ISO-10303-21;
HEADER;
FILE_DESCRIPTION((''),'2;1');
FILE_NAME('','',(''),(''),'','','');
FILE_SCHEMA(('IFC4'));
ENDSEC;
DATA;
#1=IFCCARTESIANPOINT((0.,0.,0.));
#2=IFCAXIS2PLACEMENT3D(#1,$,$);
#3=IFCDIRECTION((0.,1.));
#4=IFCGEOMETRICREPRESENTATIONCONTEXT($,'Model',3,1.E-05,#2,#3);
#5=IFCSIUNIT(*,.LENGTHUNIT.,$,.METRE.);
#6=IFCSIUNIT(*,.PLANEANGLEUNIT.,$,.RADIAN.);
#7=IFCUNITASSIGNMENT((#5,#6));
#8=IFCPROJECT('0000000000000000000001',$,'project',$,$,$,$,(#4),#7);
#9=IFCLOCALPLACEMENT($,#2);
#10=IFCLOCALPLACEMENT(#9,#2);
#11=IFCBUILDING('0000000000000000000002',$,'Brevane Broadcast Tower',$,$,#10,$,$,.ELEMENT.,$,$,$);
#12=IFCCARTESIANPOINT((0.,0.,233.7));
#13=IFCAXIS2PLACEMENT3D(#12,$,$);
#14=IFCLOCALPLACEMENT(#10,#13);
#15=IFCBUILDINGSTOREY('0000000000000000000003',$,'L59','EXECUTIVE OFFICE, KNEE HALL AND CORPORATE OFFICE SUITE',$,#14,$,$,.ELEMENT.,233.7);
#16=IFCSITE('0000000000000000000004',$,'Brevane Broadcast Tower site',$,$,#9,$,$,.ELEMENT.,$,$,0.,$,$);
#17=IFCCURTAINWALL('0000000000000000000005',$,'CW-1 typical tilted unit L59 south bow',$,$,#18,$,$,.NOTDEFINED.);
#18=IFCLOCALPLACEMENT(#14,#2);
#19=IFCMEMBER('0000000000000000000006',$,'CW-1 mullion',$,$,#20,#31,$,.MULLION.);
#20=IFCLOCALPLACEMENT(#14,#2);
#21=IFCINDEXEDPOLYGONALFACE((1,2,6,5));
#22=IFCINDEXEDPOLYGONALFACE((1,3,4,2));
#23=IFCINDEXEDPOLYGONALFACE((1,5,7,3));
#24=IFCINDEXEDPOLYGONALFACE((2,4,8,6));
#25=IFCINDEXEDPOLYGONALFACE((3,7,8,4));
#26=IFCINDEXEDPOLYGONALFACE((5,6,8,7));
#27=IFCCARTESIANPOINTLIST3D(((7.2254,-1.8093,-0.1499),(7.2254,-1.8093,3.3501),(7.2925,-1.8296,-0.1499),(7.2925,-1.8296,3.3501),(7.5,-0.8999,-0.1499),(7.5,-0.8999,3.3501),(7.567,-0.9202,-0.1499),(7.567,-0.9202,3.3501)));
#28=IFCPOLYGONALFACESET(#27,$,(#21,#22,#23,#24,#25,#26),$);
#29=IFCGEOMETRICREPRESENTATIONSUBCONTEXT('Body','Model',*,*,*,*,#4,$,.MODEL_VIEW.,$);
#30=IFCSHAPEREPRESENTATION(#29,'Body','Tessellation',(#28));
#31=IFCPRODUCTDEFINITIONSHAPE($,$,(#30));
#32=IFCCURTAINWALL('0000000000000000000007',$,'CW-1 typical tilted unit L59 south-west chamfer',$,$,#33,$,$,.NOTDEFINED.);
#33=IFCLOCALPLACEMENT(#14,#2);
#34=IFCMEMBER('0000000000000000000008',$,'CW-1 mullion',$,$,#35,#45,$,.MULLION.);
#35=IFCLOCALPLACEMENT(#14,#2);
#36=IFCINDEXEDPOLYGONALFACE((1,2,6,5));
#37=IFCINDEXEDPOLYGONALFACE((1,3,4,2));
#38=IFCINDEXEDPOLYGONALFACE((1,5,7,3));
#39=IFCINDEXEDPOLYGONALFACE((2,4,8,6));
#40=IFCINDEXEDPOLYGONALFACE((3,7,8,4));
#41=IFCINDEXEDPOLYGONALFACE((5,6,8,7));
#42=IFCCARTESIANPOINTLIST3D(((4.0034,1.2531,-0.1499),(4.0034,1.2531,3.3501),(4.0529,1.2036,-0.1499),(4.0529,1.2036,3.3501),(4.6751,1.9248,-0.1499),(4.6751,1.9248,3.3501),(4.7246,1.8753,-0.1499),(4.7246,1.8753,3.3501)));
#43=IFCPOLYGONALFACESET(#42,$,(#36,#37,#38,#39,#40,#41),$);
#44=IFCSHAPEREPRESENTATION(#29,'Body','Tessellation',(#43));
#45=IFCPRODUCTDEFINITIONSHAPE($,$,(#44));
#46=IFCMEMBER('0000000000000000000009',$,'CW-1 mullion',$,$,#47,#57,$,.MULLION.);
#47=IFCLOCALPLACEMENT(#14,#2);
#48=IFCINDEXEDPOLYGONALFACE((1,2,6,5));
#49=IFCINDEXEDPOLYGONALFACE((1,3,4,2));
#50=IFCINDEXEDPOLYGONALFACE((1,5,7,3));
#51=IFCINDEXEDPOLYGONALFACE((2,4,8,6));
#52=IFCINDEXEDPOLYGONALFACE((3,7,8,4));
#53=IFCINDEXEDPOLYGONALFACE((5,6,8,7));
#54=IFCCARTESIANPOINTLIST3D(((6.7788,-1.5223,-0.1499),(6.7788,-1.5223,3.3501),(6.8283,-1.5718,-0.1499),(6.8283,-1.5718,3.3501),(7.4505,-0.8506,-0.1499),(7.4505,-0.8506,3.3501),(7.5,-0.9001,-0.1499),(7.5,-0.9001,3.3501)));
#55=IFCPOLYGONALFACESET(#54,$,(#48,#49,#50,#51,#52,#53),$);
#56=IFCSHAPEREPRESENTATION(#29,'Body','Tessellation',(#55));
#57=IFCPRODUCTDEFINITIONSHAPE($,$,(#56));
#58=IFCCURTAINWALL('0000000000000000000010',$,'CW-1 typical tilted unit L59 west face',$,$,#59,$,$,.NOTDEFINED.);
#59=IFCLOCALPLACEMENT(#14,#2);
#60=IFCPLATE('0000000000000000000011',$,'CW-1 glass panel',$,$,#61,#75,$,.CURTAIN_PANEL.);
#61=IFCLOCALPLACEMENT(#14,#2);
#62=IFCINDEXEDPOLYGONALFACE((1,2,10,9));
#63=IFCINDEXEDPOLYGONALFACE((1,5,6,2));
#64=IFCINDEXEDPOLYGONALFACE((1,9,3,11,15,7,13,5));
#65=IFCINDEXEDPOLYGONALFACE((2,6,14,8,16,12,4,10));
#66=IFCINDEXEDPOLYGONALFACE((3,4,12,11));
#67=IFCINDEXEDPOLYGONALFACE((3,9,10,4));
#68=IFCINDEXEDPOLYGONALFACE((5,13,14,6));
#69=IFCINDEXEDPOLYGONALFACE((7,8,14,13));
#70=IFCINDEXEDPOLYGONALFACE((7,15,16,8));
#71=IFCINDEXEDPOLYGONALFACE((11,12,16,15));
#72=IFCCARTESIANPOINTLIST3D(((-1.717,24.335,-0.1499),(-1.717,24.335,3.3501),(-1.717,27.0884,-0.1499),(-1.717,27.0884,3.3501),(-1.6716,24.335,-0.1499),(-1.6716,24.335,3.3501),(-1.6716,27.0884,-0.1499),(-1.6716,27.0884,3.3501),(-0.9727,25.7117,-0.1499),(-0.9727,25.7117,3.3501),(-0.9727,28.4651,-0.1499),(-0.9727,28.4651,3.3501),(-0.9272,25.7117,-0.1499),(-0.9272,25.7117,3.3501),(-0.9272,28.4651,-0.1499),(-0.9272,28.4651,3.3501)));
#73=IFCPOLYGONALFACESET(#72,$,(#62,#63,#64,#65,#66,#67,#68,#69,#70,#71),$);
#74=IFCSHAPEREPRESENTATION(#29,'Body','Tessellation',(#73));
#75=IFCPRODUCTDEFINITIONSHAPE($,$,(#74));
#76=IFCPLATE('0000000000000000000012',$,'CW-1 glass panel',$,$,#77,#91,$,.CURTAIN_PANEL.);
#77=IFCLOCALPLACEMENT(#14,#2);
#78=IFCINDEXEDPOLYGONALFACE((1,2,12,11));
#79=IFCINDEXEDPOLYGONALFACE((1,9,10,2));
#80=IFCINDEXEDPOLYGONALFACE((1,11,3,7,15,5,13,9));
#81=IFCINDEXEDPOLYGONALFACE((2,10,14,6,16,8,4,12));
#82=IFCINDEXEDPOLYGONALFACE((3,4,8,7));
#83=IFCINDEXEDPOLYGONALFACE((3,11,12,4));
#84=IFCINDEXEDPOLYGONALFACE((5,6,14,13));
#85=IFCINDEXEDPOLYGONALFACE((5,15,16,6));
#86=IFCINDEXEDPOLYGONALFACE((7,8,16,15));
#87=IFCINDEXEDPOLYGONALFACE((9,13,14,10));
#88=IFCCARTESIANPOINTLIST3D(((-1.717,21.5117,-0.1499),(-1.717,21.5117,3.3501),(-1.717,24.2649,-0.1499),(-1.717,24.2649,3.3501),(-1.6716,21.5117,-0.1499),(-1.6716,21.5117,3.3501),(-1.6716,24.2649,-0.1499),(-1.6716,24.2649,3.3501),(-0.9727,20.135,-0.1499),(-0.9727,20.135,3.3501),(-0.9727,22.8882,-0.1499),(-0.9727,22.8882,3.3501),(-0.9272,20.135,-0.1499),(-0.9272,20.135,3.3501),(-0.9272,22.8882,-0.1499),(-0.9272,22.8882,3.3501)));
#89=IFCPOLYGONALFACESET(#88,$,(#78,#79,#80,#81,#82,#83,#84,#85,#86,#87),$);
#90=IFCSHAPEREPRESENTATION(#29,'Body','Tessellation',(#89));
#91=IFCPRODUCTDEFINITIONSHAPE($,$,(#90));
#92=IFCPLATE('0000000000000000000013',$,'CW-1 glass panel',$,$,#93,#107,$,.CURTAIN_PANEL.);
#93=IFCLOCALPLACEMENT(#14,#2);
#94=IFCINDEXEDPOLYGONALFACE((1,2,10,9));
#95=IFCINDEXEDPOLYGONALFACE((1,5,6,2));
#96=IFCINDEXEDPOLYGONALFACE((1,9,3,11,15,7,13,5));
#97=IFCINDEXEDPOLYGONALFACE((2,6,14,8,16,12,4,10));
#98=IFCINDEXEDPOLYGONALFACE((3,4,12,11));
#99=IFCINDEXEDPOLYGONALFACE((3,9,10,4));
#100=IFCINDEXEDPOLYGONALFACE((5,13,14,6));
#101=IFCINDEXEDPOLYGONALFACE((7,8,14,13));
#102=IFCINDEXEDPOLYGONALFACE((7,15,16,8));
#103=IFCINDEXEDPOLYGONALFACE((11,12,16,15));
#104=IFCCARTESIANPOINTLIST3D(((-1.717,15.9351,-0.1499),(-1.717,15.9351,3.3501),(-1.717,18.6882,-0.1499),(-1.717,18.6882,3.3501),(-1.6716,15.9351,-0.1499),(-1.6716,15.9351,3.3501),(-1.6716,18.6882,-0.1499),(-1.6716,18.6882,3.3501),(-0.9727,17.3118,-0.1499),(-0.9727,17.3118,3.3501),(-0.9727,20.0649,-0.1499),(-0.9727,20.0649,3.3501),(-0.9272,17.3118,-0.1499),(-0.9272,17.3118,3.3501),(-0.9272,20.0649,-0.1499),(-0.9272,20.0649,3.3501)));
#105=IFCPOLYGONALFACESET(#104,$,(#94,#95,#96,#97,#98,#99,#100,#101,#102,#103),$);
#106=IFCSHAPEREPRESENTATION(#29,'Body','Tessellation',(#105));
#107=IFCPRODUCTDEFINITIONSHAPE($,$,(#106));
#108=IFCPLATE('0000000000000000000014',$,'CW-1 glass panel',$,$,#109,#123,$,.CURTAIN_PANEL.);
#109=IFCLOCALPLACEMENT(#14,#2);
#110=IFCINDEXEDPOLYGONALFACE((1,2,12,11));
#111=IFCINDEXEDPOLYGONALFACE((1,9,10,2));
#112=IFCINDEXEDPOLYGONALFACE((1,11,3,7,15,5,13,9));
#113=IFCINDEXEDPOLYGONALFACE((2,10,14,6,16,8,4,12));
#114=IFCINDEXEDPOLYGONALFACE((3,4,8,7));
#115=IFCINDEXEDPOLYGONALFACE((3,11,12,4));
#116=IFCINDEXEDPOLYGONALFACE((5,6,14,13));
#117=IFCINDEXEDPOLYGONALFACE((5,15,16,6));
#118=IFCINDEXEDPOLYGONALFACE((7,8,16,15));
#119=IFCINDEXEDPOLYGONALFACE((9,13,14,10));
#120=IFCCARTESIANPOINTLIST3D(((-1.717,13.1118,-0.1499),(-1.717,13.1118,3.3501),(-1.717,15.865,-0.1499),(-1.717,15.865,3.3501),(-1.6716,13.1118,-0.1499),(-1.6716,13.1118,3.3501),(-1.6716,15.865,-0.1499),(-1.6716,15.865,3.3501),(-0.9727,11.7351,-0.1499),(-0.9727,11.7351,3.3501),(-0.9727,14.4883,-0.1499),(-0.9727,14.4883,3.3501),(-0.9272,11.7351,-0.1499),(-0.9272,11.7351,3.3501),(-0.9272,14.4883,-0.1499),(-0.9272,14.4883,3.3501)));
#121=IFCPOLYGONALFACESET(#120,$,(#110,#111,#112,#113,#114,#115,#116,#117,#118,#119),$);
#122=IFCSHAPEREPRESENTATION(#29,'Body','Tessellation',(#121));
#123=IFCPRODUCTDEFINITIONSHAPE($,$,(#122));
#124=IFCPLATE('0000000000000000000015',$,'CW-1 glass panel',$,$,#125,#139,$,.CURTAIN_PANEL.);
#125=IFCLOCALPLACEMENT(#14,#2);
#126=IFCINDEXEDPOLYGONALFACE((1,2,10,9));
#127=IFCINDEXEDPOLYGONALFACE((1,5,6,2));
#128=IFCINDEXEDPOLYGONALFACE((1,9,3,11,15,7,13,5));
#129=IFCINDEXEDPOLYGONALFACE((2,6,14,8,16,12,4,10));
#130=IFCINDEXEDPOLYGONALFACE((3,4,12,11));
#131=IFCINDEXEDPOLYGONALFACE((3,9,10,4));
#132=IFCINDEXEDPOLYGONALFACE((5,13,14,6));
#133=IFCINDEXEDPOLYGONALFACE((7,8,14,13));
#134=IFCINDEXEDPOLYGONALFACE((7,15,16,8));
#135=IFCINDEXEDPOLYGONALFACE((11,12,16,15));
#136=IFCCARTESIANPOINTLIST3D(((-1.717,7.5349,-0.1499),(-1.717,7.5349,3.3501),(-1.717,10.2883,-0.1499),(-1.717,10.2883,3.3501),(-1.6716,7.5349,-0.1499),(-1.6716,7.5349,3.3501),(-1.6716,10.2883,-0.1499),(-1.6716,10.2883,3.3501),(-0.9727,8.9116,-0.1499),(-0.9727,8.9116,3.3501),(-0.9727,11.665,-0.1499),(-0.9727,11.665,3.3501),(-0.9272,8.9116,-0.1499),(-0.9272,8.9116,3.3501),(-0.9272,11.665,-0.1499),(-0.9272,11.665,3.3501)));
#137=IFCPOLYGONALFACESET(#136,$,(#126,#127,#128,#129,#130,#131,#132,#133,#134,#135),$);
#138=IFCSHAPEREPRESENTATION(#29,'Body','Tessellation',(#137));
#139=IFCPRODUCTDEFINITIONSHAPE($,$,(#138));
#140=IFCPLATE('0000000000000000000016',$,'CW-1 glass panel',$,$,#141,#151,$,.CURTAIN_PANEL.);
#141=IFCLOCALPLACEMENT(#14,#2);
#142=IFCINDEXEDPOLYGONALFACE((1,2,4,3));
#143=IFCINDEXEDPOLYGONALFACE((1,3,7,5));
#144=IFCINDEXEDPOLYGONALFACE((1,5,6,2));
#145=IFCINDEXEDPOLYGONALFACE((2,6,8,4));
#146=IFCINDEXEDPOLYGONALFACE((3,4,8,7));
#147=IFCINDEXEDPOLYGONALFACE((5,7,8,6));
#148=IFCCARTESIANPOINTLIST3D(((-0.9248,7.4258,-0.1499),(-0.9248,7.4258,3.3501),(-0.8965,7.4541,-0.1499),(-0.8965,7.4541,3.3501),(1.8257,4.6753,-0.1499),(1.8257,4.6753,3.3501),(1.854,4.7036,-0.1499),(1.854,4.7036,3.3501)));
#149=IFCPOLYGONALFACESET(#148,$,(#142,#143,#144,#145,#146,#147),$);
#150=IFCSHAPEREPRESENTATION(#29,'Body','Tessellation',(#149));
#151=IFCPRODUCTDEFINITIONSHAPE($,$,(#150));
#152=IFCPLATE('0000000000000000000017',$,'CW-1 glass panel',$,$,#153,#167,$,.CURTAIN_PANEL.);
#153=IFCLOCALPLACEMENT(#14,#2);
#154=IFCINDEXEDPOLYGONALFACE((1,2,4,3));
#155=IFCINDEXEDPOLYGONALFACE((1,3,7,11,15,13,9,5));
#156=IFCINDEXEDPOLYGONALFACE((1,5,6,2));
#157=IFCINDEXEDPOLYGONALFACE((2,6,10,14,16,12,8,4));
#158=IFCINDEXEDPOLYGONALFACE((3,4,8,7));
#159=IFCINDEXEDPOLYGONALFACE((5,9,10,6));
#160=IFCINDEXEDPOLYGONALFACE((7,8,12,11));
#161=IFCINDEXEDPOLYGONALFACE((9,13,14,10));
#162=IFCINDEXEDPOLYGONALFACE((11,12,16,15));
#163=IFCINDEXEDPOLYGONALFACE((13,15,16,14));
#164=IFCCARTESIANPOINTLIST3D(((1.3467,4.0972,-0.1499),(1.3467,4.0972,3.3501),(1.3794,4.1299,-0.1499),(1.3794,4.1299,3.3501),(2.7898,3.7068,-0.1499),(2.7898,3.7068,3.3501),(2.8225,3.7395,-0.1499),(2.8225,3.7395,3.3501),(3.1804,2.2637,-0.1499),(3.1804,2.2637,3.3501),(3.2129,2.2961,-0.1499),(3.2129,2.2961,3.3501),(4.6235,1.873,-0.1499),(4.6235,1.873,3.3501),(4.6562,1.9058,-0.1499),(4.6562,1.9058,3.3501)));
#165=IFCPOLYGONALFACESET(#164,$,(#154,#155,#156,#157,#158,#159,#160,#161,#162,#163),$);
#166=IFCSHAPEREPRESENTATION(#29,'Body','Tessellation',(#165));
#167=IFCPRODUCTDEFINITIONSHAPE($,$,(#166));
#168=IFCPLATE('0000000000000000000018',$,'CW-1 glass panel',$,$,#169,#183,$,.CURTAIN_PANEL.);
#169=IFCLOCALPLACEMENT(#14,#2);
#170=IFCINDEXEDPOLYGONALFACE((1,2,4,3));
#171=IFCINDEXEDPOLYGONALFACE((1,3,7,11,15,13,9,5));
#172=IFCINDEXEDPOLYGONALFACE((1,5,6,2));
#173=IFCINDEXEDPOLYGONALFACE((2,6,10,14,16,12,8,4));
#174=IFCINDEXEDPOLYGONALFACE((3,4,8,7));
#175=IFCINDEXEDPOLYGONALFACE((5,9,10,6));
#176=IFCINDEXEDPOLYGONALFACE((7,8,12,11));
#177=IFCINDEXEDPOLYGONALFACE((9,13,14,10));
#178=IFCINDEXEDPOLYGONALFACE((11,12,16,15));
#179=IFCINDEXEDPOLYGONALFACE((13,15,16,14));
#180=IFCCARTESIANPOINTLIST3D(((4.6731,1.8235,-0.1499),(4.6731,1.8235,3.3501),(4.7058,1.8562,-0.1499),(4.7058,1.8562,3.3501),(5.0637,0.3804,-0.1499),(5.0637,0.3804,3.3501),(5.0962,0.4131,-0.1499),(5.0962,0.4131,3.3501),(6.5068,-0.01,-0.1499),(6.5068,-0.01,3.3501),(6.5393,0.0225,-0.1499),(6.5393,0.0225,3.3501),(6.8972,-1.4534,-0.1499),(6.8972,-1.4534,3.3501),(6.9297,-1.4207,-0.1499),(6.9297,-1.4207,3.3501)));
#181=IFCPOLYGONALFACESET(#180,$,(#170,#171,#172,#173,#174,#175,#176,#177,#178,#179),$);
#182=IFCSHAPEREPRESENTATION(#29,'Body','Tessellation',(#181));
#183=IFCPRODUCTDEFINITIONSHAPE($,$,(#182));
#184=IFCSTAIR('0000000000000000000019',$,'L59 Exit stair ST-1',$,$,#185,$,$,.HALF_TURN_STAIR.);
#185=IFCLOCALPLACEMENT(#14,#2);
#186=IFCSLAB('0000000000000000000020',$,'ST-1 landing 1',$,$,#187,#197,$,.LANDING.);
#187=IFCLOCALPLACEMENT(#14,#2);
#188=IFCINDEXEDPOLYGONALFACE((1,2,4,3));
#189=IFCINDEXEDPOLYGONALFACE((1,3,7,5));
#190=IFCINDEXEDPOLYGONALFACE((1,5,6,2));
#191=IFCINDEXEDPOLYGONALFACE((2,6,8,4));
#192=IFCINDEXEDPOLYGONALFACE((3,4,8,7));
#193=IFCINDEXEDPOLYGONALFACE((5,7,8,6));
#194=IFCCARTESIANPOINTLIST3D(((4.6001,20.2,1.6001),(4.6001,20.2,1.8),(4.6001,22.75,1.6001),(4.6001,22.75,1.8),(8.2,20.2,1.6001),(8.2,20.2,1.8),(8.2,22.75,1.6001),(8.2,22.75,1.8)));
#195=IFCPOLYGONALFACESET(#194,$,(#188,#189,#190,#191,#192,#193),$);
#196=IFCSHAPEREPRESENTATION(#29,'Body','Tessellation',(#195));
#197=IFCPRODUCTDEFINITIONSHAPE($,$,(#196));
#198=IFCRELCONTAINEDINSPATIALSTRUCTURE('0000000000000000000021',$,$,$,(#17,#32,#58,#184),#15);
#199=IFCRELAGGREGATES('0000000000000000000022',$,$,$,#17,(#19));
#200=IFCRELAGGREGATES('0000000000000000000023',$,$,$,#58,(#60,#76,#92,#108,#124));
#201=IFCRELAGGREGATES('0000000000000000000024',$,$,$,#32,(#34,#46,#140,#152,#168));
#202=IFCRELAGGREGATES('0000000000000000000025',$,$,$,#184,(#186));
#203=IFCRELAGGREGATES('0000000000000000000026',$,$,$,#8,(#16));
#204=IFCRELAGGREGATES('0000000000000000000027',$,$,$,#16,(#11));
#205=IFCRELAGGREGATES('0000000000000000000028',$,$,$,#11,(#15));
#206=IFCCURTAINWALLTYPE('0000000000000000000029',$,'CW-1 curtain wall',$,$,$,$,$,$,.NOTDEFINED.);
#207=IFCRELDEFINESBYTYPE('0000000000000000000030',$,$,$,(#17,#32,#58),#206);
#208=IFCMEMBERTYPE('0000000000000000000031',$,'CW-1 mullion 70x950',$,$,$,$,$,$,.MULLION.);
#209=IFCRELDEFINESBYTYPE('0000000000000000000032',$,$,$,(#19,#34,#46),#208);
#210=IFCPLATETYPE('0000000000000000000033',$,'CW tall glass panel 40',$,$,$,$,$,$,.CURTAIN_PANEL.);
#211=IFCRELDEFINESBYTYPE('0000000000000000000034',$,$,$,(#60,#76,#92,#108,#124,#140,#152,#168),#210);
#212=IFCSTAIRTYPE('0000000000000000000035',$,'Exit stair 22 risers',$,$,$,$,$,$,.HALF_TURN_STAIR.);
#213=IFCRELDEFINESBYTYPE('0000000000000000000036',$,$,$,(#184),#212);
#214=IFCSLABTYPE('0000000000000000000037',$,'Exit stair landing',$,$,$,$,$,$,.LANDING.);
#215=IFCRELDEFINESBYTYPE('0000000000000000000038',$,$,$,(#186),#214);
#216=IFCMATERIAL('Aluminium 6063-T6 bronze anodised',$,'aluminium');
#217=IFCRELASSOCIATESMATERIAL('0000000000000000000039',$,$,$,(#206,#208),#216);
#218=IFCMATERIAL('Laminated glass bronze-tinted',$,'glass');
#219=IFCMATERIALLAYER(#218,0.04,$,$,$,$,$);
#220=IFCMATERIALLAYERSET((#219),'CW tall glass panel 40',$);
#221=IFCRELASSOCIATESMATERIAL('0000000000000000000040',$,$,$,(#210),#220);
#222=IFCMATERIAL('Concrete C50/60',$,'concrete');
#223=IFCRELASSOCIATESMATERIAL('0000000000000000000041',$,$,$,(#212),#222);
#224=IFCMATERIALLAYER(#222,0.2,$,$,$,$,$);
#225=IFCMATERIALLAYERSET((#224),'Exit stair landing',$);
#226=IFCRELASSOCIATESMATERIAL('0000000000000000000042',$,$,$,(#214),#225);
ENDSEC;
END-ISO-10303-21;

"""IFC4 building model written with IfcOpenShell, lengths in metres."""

from ifc_helpers import new_model, si_unit, direction, frame, origin, origin_2d, place, context, subcontext, project, spatial, polyline, rectangle, outline, extrude, material, layer, layer_set, material_profile, profile_set, type_object, element, aggregate, save


model = new_model("IFC4")

# Units and contexts
model_context = context("Model", 3, precision=1e-05, world=origin(), true_north=direction((0.0, 1.0)))
body_context = subcontext(model_context, "Body", "Model", "MODEL_VIEW")
ifc_project = project(units=[si_unit("LENGTHUNIT", "METRE"), si_unit("PLANEANGLEUNIT", "RADIAN")], contexts=[model_context])

# Site, building, storey
site_placement = place(None, origin())
site = spatial("IfcSite", under=ifc_project, at=site_placement, Name="Brevane Broadcast Tower site", CompositionType="ELEMENT", RefElevation=0.0)
building_placement = place(site_placement, origin())
building = spatial("IfcBuilding", under=site, at=building_placement, Name="Brevane Broadcast Tower", CompositionType="ELEMENT")
storey_placement = place(building_placement, frame((0.0, 0.0, 233.7)))
storey = spatial("IfcBuildingStorey", under=building, at=storey_placement, Name="L59", Description="EXECUTIVE OFFICE, KNEE HALL AND CORPORATE OFFICE SUITE", CompositionType="ELEMENT", Elevation=233.7)

# Curtain wall, member
ifc_material_1 = material(Name="Aluminium 6063-T6 bronze anodised", Category="aluminium")
curtain_wall_type = type_object("IfcCurtainWallType", Name="CW-1 curtain wall", PredefinedType="NOTDEFINED", material=ifc_material_1)
curtain_wall_1_placement = place(storey_placement, origin())
curtain_wall_1 = element("IfcCurtainWall", 1, at=curtain_wall_1_placement, inside=storey, type_object=curtain_wall_type, Name="CW-1 typical tilted unit L59 south bow", PredefinedType="NOTDEFINED")
ifc_material_profile = material_profile(ifc_material_1, rectangle(XDim=0.95, YDim=0.0701, at=origin_2d()), Name="RECT 70x950")
ifc_profile_set = profile_set([ifc_material_profile], Name="Aluminium 6063-T6 bronze anodised")
member_type = type_object("IfcMemberType", Name="CW-1 mullion 70x950", PredefinedType="MULLION", material=ifc_profile_set)
member_1_placement = place(storey_placement, frame((7.3962, -1.3647, -0.1499), z_axis=(0.0, 0.0, 1.0), x_axis=(0.288968, 0.957339, 0.0)))
member_1 = element("IfcMember", 2, at=member_1_placement, type_object=member_type, Name="CW-1 mullion", PredefinedType="MULLION", context=body_context, shape_type="SweptSolid", body=[
    extrude(rectangle(XDim=0.95, YDim=0.0701, at=origin_2d()), origin(), (0.0, 0.0, 1.0), 3.5),
])
aggregate(curtain_wall_1, [member_1])

# Curtain wall, members
curtain_wall_2_placement = place(storey_placement, origin())
curtain_wall_2 = element("IfcCurtainWall", 3, at=curtain_wall_2_placement, inside=storey, type_object=curtain_wall_type, Name="CW-1 typical tilted unit L59 south-west chamfer", PredefinedType="NOTDEFINED")
member_2_placement = place(storey_placement, frame((4.364, 1.5642, -0.1499), z_axis=(0.0, 0.0, 1.0), x_axis=(0.707107, 0.707107, 0.0)))
member_2 = element("IfcMember", 4, at=member_2_placement, type_object=member_type, Name="CW-1 mullion", PredefinedType="MULLION", context=body_context, shape_type="SweptSolid", body=[
    extrude(rectangle(XDim=0.95, YDim=0.0701, at=origin_2d()), origin(), (0.0, 0.0, 1.0), 3.5),
])
member_3_placement = place(storey_placement, frame((7.1394, -1.2112, -0.1499), z_axis=(0.0, 0.0, 1.0), x_axis=(0.707107, 0.707107, 0.0)))
member_3 = element("IfcMember", 5, at=member_3_placement, type_object=member_type, Name="CW-1 mullion", PredefinedType="MULLION", context=body_context, shape_type="SweptSolid", body=[
    extrude(rectangle(XDim=0.95, YDim=0.0701, at=origin_2d()), origin(), (0.0, 0.0, 1.0), 3.5),
])

# Curtain wall, plates
curtain_wall_3_placement = place(storey_placement, origin())
curtain_wall_3 = element("IfcCurtainWall", 6, at=curtain_wall_3_placement, inside=storey, type_object=curtain_wall_type, Name="CW-1 typical tilted unit L59 west face", PredefinedType="NOTDEFINED")
ifc_material_2 = material(Name="Laminated glass bronze-tinted", Category="glass")
ifc_layer_1 = layer(ifc_material_2, 0.04)
ifc_layer_set_1 = layer_set([ifc_layer_1], Name="CW tall glass panel 40")
plate_type = type_object("IfcPlateType", Name="CW tall glass panel 40", PredefinedType="CURTAIN_PANEL", material=ifc_layer_set_1)
plate_1_placement = place(storey_placement, frame((0.0, 0.0, -0.1499)))
plate_1 = element("IfcPlate", 7, at=plate_1_placement, type_object=plate_type, Name="CW-1 glass panel", PredefinedType="CURTAIN_PANEL", context=body_context, shape_type="SweptSolid", body=[
    extrude(outline(polyline([(-0.9272, 28.4651), (-0.9727, 28.4651), (-1.717, 27.0884), (-0.9727, 25.7117), (-1.717, 24.335), (-1.6716, 24.335), (-0.9272, 25.7117), (-1.6716, 27.0884), (-0.9272, 28.4651)])), origin(), (0.0, 0.0, 1.0), 3.5),
])
plate_2_placement = place(storey_placement, frame((0.0, 0.0, -0.1499)))
plate_2 = element("IfcPlate", 8, at=plate_2_placement, type_object=plate_type, Name="CW-1 glass panel", PredefinedType="CURTAIN_PANEL", context=body_context, shape_type="SweptSolid", body=[
    extrude(outline(polyline([(-1.6716, 24.2649), (-1.717, 24.2649), (-0.9727, 22.8882), (-1.717, 21.5117), (-0.9727, 20.135), (-0.9272, 20.135), (-1.6716, 21.5117), (-0.9272, 22.8882), (-1.6716, 24.2649)])), origin(), (0.0, 0.0, 1.0), 3.5),
])
plate_3_placement = place(storey_placement, frame((0.0, 0.0, -0.1499)))
plate_3 = element("IfcPlate", 9, at=plate_3_placement, type_object=plate_type, Name="CW-1 glass panel", PredefinedType="CURTAIN_PANEL", context=body_context, shape_type="SweptSolid", body=[
    extrude(outline(polyline([(-0.9272, 20.0649), (-0.9727, 20.0649), (-1.717, 18.6882), (-0.9727, 17.3118), (-1.717, 15.9351), (-1.6716, 15.9351), (-0.9272, 17.3118), (-1.6716, 18.6882), (-0.9272, 20.0649)])), origin(), (0.0, 0.0, 1.0), 3.5),
])
plate_4_placement = place(storey_placement, frame((0.0, 0.0, -0.1499)))
plate_4 = element("IfcPlate", 10, at=plate_4_placement, type_object=plate_type, Name="CW-1 glass panel", PredefinedType="CURTAIN_PANEL", context=body_context, shape_type="SweptSolid", body=[
    extrude(outline(polyline([(-1.6716, 15.865), (-1.717, 15.865), (-0.9727, 14.4883), (-1.717, 13.1118), (-0.9727, 11.7351), (-0.9272, 11.7351), (-1.6716, 13.1118), (-0.9272, 14.4883), (-1.6716, 15.865)])), origin(), (0.0, 0.0, 1.0), 3.5),
])
plate_5_placement = place(storey_placement, frame((0.0, 0.0, -0.1499)))
plate_5 = element("IfcPlate", 11, at=plate_5_placement, type_object=plate_type, Name="CW-1 glass panel", PredefinedType="CURTAIN_PANEL", context=body_context, shape_type="SweptSolid", body=[
    extrude(outline(polyline([(-0.9272, 11.665), (-0.9727, 11.665), (-1.717, 10.2883), (-0.9727, 8.9116), (-1.717, 7.5349), (-1.6716, 7.5349), (-0.9272, 8.9116), (-1.6716, 10.2883), (-0.9272, 11.665)])), origin(), (0.0, 0.0, 1.0), 3.5),
])
aggregate(curtain_wall_3, [plate_1, plate_2, plate_3, plate_4, plate_5])

# Plates
plate_6_placement = place(storey_placement, frame((0.0, 0.0, -0.1499)))
plate_6 = element("IfcPlate", 12, at=plate_6_placement, type_object=plate_type, Name="CW-1 glass panel", PredefinedType="CURTAIN_PANEL", context=body_context, shape_type="SweptSolid", body=[
    extrude(outline(polyline([(-0.8965, 7.4541), (1.854, 4.7036), (1.8257, 4.6753), (-0.9248, 7.4258), (-0.8965, 7.4541)])), origin(), (0.0, 0.0, 1.0), 3.5),
])
plate_7_placement = place(storey_placement, frame((0.0, 0.0, -0.1499)))
plate_7 = element("IfcPlate", 13, at=plate_7_placement, type_object=plate_type, Name="CW-1 glass panel", PredefinedType="CURTAIN_PANEL", context=body_context, shape_type="SweptSolid", body=[
    extrude(outline(polyline([(1.3794, 4.1299), (1.3467, 4.0972), (2.7898, 3.7068), (3.1804, 2.2637), (4.6235, 1.873), (4.6562, 1.9058), (3.2129, 2.2961), (2.8225, 3.7395), (1.3794, 4.1299)])), origin(), (0.0, 0.0, 1.0), 3.5),
])
plate_8_placement = place(storey_placement, frame((0.0, 0.0, -0.1499)))
plate_8 = element("IfcPlate", 14, at=plate_8_placement, type_object=plate_type, Name="CW-1 glass panel", PredefinedType="CURTAIN_PANEL", context=body_context, shape_type="SweptSolid", body=[
    extrude(outline(polyline([(4.7058, 1.8562), (4.6731, 1.8235), (5.0637, 0.3804), (6.5068, -0.01), (6.8972, -1.4534), (6.9297, -1.4207), (6.5393, 0.0225), (5.0962, 0.4131), (4.7058, 1.8562)])), origin(), (0.0, 0.0, 1.0), 3.5),
])
aggregate(curtain_wall_2, [member_2, member_3, plate_6, plate_7, plate_8])

# Stair, slab
ifc_material_3 = material(Name="Concrete C50/60", Category="concrete")
stair_type = type_object("IfcStairType", Name="Exit stair 22 risers", PredefinedType="HALF_TURN_STAIR", material=ifc_material_3)
stair_1_placement = place(storey_placement, origin())
stair_1 = element("IfcStair", 15, at=stair_1_placement, inside=storey, type_object=stair_type, Name="L59 Exit stair ST-1", PredefinedType="HALF_TURN_STAIR")
ifc_layer_2 = layer(ifc_material_3, 0.2)
ifc_layer_set_2 = layer_set([ifc_layer_2], Name="Exit stair landing")
slab_type_1 = type_object("IfcSlabType", Name="Exit stair landing", PredefinedType="LANDING", material=ifc_layer_set_2)
slab_1_placement = place(storey_placement, frame((0.0, 0.0, 1.6001)))
slab_1 = element("IfcSlab", 16, at=slab_1_placement, type_object=slab_type_1, Name="ST-1 landing 1", PredefinedType="LANDING", context=body_context, shape_type="SweptSolid", body=[
    extrude(outline(polyline([(4.6001, 20.2), (8.2, 20.2), (8.2, 22.75), (4.6001, 22.75), (4.6001, 20.2)])), origin(), (0.0, 0.0, 1.0), 0.2),
])
aggregate(stair_1, [slab_1])

save(model, "model.ifc")
